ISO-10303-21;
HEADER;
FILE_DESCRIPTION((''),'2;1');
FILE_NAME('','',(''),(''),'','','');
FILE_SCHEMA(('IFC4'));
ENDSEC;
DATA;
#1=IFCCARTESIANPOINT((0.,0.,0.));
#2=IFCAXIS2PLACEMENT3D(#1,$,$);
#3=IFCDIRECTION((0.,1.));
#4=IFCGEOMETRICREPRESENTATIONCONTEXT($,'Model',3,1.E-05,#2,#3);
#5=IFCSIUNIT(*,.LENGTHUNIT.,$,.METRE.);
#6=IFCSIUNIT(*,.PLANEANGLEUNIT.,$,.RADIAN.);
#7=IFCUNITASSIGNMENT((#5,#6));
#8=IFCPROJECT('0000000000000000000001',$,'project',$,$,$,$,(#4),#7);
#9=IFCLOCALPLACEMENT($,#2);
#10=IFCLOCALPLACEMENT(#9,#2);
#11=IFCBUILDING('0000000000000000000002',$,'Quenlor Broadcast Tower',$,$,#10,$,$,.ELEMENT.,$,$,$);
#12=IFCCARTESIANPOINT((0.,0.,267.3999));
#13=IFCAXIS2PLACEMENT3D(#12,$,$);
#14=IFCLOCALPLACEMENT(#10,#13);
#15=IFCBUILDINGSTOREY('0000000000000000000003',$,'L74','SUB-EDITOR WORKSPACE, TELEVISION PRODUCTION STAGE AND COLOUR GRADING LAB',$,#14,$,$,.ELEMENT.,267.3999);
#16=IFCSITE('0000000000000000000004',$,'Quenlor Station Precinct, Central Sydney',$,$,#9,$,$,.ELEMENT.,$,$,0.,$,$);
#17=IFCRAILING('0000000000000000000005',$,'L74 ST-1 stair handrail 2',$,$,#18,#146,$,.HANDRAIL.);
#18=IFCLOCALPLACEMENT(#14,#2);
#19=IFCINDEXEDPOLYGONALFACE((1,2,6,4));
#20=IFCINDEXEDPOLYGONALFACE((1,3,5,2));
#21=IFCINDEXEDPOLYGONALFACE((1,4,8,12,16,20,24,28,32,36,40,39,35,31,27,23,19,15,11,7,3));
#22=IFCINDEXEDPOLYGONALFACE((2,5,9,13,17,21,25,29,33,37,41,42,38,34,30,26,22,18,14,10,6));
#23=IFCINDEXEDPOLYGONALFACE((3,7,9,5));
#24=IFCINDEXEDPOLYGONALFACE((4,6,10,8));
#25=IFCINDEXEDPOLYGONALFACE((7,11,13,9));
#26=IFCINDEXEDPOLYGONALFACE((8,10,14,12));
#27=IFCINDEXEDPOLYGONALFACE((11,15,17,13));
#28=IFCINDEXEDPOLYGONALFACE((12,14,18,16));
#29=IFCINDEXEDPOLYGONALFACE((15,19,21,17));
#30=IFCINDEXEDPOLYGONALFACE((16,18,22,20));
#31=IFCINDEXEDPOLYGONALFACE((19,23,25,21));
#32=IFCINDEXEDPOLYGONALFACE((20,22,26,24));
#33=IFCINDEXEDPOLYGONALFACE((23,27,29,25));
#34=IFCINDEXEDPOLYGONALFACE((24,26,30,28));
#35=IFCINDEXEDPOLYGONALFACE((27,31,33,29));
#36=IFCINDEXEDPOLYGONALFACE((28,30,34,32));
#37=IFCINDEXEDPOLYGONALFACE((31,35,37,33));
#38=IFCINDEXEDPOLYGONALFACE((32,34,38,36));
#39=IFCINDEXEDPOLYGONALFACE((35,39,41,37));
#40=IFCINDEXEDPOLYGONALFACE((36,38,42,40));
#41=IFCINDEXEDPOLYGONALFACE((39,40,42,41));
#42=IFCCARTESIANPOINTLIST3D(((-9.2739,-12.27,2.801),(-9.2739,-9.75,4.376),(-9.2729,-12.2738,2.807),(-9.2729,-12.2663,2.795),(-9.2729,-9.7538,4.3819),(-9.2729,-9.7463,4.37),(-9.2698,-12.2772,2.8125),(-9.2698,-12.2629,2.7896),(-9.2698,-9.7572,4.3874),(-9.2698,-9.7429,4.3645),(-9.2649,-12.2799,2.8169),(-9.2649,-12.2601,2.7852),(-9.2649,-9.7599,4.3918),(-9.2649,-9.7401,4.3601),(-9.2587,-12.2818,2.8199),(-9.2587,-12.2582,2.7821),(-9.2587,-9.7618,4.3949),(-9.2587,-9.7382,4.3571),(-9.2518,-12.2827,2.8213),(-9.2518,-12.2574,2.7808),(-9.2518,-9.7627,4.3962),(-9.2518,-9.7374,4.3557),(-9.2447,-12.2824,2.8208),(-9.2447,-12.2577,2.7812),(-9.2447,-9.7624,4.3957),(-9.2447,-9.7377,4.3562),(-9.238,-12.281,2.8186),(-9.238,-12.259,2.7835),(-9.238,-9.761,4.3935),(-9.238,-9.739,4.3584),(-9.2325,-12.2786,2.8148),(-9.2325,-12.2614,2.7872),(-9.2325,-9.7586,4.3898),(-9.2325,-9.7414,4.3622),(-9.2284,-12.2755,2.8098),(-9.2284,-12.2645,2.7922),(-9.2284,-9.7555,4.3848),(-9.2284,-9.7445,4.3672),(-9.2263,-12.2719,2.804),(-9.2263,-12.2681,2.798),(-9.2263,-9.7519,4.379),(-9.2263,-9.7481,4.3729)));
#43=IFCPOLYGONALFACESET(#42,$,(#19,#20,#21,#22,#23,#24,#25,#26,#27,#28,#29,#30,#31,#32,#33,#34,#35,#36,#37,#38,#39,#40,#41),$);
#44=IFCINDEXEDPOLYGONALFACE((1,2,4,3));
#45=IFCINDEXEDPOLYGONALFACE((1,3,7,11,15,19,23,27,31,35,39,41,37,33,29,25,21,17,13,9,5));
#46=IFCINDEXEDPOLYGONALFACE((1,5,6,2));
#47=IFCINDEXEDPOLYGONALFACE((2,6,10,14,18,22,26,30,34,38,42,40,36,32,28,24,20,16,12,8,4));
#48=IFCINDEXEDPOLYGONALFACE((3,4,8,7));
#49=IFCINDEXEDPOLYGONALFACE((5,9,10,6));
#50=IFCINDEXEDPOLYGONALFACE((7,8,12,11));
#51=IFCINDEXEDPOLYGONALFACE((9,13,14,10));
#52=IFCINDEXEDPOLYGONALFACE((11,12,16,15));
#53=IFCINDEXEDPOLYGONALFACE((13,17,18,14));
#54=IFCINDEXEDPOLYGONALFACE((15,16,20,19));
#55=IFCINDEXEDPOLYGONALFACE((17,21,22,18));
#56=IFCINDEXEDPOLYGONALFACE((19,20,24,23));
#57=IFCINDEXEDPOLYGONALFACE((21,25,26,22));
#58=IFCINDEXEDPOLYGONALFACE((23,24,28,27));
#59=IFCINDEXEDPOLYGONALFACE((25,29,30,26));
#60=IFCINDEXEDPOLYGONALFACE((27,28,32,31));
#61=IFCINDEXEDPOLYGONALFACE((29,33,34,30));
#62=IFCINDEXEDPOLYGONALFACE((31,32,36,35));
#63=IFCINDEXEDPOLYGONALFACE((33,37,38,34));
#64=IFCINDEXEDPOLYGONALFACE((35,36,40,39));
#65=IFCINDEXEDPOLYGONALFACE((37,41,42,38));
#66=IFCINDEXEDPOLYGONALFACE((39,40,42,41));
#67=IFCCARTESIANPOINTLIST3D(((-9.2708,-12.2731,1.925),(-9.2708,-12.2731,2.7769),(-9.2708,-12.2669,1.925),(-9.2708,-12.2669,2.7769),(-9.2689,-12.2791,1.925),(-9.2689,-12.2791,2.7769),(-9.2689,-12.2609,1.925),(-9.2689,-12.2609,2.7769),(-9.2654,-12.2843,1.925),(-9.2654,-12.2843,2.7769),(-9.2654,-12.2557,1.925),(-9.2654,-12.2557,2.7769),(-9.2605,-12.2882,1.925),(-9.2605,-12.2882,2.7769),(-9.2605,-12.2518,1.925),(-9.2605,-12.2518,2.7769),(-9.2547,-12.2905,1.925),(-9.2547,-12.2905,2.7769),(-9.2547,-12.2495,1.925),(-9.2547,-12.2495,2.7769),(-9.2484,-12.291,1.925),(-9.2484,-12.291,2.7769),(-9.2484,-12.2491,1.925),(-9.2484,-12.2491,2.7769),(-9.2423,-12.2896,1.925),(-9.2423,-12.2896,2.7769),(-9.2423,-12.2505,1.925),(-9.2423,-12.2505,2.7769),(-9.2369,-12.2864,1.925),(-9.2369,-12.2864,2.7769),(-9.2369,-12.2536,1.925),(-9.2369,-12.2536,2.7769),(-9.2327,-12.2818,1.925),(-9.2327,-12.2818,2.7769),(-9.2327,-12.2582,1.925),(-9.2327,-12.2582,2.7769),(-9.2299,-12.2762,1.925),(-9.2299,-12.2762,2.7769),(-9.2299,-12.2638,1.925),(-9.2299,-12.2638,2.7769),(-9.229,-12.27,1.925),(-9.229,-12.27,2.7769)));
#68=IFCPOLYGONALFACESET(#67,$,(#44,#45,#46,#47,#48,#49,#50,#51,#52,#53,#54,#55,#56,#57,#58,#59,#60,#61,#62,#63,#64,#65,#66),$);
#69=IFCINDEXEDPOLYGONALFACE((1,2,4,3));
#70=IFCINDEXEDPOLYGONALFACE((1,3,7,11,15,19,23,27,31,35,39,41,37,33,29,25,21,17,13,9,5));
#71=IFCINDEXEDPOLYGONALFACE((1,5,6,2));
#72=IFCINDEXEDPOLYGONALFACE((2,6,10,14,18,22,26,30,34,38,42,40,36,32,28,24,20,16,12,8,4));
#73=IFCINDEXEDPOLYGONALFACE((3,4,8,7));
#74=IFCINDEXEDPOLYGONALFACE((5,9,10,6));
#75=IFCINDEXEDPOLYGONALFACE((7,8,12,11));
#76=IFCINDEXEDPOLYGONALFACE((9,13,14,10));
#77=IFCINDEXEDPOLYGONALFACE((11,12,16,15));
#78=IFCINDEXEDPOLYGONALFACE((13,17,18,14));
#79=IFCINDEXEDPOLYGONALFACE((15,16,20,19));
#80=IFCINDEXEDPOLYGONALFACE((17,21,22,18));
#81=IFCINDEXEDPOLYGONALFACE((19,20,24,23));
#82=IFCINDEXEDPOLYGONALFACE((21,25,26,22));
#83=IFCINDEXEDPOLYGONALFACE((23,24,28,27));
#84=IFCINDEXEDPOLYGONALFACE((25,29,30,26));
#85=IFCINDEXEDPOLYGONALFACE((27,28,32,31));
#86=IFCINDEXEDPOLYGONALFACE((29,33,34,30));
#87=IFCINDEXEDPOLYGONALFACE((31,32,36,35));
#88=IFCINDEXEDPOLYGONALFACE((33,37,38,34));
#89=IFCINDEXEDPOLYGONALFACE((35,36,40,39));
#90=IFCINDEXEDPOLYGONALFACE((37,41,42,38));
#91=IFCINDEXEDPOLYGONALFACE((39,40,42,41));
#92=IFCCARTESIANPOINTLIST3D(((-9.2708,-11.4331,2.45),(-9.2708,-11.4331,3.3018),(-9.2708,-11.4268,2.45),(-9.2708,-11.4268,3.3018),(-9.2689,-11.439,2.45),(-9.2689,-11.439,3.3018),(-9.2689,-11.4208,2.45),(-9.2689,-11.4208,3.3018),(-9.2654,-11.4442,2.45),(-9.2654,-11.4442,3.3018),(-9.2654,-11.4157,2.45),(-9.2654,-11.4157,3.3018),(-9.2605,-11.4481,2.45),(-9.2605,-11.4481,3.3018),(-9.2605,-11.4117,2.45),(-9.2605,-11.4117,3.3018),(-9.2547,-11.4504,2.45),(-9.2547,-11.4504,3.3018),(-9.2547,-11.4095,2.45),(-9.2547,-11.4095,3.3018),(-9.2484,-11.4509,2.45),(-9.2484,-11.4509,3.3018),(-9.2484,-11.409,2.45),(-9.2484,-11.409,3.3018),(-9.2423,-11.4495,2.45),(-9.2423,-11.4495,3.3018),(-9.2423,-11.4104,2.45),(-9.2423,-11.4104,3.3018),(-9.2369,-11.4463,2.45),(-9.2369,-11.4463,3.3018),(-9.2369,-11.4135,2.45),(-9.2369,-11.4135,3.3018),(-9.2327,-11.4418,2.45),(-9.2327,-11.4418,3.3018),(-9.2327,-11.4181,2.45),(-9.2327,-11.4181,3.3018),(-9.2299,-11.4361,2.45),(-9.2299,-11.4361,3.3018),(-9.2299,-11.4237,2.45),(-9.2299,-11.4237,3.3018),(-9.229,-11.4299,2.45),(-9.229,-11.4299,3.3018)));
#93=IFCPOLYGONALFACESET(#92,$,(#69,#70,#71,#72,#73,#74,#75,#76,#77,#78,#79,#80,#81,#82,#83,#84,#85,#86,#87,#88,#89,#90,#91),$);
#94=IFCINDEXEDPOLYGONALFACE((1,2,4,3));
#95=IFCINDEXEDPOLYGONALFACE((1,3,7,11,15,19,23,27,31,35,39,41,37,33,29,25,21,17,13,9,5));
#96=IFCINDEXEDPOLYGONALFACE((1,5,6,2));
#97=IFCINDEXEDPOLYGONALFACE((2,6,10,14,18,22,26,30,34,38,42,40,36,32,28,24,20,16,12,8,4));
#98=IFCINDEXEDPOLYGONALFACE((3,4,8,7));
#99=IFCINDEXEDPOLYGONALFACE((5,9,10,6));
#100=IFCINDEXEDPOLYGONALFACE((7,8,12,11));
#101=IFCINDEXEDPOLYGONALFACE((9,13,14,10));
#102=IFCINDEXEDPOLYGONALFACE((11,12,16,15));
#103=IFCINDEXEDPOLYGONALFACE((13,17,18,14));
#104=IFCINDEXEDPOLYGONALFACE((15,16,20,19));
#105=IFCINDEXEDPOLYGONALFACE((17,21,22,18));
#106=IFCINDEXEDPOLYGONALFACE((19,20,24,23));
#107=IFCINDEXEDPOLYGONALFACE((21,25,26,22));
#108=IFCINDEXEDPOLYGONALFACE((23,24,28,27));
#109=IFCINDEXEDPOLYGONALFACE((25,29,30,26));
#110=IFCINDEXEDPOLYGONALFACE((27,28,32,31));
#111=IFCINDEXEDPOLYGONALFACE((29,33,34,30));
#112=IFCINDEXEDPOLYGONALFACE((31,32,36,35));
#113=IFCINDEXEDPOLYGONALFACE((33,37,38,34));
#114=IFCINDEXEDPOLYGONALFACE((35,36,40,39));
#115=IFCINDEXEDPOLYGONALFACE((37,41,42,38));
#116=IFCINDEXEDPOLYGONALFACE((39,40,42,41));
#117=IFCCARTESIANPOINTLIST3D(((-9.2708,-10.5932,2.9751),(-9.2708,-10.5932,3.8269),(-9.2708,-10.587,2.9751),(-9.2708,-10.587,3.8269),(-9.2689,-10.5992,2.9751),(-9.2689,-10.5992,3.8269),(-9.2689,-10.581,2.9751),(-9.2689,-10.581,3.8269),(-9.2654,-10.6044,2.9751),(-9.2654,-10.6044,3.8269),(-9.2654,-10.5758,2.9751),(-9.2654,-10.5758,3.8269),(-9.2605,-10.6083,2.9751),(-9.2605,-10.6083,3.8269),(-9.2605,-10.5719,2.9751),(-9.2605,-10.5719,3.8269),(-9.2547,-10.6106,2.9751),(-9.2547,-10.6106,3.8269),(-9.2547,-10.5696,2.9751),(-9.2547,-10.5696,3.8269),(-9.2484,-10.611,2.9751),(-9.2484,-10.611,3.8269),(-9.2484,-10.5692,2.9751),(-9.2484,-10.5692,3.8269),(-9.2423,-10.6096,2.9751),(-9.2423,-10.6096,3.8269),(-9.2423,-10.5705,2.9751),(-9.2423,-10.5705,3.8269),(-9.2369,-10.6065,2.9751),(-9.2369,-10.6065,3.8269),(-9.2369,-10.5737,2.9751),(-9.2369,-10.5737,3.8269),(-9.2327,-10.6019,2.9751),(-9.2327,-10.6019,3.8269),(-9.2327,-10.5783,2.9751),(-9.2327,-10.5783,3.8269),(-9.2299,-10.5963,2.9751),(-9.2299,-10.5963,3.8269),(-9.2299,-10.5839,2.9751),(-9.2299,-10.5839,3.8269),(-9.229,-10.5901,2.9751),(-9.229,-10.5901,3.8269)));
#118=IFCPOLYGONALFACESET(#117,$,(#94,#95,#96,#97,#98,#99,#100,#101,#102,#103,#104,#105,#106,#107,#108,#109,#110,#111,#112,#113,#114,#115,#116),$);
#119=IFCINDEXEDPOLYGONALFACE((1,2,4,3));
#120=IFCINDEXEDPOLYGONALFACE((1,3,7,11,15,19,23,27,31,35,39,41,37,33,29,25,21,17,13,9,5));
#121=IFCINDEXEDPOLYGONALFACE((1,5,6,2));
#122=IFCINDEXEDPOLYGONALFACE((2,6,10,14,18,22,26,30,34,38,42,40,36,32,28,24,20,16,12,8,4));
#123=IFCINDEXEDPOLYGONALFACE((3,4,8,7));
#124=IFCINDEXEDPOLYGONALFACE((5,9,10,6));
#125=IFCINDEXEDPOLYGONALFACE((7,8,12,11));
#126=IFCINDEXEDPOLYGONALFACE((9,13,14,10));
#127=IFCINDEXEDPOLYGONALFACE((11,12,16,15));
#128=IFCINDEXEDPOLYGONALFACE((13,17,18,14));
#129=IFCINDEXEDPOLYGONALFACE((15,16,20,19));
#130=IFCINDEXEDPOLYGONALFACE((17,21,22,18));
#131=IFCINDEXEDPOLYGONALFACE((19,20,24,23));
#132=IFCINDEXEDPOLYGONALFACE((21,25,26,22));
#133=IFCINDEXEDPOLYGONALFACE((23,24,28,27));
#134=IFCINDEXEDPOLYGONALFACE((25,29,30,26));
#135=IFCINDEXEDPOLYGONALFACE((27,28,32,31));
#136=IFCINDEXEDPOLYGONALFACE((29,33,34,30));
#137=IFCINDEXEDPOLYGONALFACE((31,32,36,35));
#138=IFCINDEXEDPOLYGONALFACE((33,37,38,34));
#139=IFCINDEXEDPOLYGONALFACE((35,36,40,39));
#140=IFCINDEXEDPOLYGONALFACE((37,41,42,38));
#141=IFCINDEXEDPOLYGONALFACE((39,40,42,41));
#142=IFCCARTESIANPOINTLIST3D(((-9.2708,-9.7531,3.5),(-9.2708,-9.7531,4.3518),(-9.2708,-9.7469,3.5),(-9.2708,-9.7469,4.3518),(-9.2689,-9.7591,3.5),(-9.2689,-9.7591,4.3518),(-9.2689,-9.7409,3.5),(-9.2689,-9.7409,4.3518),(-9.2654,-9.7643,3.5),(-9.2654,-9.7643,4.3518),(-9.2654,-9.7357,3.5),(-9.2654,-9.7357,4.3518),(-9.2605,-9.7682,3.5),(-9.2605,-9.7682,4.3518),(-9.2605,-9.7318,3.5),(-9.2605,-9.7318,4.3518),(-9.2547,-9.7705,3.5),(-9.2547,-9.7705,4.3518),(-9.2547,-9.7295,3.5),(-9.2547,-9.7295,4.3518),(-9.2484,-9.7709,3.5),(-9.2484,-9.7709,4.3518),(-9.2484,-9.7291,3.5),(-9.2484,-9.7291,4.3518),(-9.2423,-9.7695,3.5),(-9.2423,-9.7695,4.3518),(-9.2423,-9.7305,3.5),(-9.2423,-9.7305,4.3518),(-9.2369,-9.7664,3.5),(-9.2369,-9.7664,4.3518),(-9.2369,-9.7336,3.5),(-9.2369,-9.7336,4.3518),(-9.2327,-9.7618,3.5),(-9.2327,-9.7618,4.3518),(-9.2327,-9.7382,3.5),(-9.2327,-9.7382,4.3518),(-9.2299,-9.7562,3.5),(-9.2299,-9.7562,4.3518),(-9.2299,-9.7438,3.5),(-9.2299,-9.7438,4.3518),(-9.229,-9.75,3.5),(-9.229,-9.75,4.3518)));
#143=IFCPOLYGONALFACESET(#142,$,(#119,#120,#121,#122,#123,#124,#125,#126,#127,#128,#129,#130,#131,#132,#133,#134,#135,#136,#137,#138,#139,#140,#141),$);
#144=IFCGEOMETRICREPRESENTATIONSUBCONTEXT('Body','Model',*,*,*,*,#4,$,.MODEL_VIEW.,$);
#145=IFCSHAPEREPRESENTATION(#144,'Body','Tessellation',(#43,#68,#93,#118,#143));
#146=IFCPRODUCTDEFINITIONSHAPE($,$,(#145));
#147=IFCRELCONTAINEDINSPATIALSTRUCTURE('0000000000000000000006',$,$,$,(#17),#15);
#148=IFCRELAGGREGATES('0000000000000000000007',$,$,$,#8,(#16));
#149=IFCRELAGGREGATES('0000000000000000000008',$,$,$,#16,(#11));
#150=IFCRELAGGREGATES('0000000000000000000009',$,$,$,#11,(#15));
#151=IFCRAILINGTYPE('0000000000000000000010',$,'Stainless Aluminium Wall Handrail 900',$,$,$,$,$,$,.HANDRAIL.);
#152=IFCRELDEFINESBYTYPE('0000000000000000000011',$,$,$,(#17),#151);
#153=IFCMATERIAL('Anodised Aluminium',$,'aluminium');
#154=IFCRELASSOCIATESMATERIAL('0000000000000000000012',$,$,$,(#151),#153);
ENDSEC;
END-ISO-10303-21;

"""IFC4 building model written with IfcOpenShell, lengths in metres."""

from ifc_helpers import new_model, si_unit, direction, frame, origin, origin_2d, place, context, subcontext, project, spatial, circle, extrude, material, type_object, element, save


model = new_model("IFC4")

# Units and contexts
model_context = context("Model", 3, precision=1e-05, world=origin(), true_north=direction((0.0, 1.0)))
body_context = subcontext(model_context, "Body", "Model", "MODEL_VIEW")
ifc_project = project(units=[si_unit("LENGTHUNIT", "METRE"), si_unit("PLANEANGLEUNIT", "RADIAN")], contexts=[model_context])

# Site, building, storey
site_placement = place(None, origin())
site = spatial("IfcSite", under=ifc_project, at=site_placement, Name="Quenlor Station Precinct, Central Sydney", CompositionType="ELEMENT", RefElevation=0.0)
building_placement = place(site_placement, origin())
building = spatial("IfcBuilding", under=site, at=building_placement, Name="Quenlor Broadcast Tower", CompositionType="ELEMENT")
storey_placement = place(building_placement, frame((0.0, 0.0, 267.3999)))
storey = spatial("IfcBuildingStorey", under=building, at=storey_placement, Name="L74", Description="SUB-EDITOR WORKSPACE, TELEVISION PRODUCTION STAGE AND COLOUR GRADING LAB", CompositionType="ELEMENT", Elevation=267.3999)

# Railing
ifc_material_1 = material(Name="Anodised Aluminium", Category="aluminium")
railing_type_1 = type_object("IfcRailingType", Name="Stainless Aluminium Wall Handrail 900", PredefinedType="HANDRAIL", material=ifc_material_1)
railing_1_placement = place(storey_placement, frame((-9.25, -12.27, 1.925)))
element("IfcRailing", 1, at=railing_1_placement, inside=storey, type_object=railing_type_1, Name="L74 ST-1 stair handrail 2", PredefinedType="HANDRAIL", context=body_context, shape_type="SweptSolid", body=[
    extrude(circle(Radius=0.0239, at=origin_2d()), frame((0.0, 0.0, 0.876), z_axis=(0.0, 0.848008, 0.529984), x_axis=(-1.0, 0.0, 0.0)), (0.0, 0.0, 1.0), 2.9717),
    extrude(circle(Radius=0.021, at=origin_2d()), origin(), (0.0, 0.0, 1.0), 0.8518),
    extrude(circle(Radius=0.021, at=origin_2d()), frame((0.0, 0.8401, 0.5249)), (0.0, 0.0, 1.0), 0.8518),
    extrude(circle(Radius=0.021, at=origin_2d()), frame((0.0, 1.6799, 1.05)), (0.0, 0.0, 1.0), 0.8518),
    extrude(circle(Radius=0.021, at=origin_2d()), frame((0.0, 2.52, 1.575)), (0.0, 0.0, 1.0), 0.8518),
])

save(model, "model.ifc")
